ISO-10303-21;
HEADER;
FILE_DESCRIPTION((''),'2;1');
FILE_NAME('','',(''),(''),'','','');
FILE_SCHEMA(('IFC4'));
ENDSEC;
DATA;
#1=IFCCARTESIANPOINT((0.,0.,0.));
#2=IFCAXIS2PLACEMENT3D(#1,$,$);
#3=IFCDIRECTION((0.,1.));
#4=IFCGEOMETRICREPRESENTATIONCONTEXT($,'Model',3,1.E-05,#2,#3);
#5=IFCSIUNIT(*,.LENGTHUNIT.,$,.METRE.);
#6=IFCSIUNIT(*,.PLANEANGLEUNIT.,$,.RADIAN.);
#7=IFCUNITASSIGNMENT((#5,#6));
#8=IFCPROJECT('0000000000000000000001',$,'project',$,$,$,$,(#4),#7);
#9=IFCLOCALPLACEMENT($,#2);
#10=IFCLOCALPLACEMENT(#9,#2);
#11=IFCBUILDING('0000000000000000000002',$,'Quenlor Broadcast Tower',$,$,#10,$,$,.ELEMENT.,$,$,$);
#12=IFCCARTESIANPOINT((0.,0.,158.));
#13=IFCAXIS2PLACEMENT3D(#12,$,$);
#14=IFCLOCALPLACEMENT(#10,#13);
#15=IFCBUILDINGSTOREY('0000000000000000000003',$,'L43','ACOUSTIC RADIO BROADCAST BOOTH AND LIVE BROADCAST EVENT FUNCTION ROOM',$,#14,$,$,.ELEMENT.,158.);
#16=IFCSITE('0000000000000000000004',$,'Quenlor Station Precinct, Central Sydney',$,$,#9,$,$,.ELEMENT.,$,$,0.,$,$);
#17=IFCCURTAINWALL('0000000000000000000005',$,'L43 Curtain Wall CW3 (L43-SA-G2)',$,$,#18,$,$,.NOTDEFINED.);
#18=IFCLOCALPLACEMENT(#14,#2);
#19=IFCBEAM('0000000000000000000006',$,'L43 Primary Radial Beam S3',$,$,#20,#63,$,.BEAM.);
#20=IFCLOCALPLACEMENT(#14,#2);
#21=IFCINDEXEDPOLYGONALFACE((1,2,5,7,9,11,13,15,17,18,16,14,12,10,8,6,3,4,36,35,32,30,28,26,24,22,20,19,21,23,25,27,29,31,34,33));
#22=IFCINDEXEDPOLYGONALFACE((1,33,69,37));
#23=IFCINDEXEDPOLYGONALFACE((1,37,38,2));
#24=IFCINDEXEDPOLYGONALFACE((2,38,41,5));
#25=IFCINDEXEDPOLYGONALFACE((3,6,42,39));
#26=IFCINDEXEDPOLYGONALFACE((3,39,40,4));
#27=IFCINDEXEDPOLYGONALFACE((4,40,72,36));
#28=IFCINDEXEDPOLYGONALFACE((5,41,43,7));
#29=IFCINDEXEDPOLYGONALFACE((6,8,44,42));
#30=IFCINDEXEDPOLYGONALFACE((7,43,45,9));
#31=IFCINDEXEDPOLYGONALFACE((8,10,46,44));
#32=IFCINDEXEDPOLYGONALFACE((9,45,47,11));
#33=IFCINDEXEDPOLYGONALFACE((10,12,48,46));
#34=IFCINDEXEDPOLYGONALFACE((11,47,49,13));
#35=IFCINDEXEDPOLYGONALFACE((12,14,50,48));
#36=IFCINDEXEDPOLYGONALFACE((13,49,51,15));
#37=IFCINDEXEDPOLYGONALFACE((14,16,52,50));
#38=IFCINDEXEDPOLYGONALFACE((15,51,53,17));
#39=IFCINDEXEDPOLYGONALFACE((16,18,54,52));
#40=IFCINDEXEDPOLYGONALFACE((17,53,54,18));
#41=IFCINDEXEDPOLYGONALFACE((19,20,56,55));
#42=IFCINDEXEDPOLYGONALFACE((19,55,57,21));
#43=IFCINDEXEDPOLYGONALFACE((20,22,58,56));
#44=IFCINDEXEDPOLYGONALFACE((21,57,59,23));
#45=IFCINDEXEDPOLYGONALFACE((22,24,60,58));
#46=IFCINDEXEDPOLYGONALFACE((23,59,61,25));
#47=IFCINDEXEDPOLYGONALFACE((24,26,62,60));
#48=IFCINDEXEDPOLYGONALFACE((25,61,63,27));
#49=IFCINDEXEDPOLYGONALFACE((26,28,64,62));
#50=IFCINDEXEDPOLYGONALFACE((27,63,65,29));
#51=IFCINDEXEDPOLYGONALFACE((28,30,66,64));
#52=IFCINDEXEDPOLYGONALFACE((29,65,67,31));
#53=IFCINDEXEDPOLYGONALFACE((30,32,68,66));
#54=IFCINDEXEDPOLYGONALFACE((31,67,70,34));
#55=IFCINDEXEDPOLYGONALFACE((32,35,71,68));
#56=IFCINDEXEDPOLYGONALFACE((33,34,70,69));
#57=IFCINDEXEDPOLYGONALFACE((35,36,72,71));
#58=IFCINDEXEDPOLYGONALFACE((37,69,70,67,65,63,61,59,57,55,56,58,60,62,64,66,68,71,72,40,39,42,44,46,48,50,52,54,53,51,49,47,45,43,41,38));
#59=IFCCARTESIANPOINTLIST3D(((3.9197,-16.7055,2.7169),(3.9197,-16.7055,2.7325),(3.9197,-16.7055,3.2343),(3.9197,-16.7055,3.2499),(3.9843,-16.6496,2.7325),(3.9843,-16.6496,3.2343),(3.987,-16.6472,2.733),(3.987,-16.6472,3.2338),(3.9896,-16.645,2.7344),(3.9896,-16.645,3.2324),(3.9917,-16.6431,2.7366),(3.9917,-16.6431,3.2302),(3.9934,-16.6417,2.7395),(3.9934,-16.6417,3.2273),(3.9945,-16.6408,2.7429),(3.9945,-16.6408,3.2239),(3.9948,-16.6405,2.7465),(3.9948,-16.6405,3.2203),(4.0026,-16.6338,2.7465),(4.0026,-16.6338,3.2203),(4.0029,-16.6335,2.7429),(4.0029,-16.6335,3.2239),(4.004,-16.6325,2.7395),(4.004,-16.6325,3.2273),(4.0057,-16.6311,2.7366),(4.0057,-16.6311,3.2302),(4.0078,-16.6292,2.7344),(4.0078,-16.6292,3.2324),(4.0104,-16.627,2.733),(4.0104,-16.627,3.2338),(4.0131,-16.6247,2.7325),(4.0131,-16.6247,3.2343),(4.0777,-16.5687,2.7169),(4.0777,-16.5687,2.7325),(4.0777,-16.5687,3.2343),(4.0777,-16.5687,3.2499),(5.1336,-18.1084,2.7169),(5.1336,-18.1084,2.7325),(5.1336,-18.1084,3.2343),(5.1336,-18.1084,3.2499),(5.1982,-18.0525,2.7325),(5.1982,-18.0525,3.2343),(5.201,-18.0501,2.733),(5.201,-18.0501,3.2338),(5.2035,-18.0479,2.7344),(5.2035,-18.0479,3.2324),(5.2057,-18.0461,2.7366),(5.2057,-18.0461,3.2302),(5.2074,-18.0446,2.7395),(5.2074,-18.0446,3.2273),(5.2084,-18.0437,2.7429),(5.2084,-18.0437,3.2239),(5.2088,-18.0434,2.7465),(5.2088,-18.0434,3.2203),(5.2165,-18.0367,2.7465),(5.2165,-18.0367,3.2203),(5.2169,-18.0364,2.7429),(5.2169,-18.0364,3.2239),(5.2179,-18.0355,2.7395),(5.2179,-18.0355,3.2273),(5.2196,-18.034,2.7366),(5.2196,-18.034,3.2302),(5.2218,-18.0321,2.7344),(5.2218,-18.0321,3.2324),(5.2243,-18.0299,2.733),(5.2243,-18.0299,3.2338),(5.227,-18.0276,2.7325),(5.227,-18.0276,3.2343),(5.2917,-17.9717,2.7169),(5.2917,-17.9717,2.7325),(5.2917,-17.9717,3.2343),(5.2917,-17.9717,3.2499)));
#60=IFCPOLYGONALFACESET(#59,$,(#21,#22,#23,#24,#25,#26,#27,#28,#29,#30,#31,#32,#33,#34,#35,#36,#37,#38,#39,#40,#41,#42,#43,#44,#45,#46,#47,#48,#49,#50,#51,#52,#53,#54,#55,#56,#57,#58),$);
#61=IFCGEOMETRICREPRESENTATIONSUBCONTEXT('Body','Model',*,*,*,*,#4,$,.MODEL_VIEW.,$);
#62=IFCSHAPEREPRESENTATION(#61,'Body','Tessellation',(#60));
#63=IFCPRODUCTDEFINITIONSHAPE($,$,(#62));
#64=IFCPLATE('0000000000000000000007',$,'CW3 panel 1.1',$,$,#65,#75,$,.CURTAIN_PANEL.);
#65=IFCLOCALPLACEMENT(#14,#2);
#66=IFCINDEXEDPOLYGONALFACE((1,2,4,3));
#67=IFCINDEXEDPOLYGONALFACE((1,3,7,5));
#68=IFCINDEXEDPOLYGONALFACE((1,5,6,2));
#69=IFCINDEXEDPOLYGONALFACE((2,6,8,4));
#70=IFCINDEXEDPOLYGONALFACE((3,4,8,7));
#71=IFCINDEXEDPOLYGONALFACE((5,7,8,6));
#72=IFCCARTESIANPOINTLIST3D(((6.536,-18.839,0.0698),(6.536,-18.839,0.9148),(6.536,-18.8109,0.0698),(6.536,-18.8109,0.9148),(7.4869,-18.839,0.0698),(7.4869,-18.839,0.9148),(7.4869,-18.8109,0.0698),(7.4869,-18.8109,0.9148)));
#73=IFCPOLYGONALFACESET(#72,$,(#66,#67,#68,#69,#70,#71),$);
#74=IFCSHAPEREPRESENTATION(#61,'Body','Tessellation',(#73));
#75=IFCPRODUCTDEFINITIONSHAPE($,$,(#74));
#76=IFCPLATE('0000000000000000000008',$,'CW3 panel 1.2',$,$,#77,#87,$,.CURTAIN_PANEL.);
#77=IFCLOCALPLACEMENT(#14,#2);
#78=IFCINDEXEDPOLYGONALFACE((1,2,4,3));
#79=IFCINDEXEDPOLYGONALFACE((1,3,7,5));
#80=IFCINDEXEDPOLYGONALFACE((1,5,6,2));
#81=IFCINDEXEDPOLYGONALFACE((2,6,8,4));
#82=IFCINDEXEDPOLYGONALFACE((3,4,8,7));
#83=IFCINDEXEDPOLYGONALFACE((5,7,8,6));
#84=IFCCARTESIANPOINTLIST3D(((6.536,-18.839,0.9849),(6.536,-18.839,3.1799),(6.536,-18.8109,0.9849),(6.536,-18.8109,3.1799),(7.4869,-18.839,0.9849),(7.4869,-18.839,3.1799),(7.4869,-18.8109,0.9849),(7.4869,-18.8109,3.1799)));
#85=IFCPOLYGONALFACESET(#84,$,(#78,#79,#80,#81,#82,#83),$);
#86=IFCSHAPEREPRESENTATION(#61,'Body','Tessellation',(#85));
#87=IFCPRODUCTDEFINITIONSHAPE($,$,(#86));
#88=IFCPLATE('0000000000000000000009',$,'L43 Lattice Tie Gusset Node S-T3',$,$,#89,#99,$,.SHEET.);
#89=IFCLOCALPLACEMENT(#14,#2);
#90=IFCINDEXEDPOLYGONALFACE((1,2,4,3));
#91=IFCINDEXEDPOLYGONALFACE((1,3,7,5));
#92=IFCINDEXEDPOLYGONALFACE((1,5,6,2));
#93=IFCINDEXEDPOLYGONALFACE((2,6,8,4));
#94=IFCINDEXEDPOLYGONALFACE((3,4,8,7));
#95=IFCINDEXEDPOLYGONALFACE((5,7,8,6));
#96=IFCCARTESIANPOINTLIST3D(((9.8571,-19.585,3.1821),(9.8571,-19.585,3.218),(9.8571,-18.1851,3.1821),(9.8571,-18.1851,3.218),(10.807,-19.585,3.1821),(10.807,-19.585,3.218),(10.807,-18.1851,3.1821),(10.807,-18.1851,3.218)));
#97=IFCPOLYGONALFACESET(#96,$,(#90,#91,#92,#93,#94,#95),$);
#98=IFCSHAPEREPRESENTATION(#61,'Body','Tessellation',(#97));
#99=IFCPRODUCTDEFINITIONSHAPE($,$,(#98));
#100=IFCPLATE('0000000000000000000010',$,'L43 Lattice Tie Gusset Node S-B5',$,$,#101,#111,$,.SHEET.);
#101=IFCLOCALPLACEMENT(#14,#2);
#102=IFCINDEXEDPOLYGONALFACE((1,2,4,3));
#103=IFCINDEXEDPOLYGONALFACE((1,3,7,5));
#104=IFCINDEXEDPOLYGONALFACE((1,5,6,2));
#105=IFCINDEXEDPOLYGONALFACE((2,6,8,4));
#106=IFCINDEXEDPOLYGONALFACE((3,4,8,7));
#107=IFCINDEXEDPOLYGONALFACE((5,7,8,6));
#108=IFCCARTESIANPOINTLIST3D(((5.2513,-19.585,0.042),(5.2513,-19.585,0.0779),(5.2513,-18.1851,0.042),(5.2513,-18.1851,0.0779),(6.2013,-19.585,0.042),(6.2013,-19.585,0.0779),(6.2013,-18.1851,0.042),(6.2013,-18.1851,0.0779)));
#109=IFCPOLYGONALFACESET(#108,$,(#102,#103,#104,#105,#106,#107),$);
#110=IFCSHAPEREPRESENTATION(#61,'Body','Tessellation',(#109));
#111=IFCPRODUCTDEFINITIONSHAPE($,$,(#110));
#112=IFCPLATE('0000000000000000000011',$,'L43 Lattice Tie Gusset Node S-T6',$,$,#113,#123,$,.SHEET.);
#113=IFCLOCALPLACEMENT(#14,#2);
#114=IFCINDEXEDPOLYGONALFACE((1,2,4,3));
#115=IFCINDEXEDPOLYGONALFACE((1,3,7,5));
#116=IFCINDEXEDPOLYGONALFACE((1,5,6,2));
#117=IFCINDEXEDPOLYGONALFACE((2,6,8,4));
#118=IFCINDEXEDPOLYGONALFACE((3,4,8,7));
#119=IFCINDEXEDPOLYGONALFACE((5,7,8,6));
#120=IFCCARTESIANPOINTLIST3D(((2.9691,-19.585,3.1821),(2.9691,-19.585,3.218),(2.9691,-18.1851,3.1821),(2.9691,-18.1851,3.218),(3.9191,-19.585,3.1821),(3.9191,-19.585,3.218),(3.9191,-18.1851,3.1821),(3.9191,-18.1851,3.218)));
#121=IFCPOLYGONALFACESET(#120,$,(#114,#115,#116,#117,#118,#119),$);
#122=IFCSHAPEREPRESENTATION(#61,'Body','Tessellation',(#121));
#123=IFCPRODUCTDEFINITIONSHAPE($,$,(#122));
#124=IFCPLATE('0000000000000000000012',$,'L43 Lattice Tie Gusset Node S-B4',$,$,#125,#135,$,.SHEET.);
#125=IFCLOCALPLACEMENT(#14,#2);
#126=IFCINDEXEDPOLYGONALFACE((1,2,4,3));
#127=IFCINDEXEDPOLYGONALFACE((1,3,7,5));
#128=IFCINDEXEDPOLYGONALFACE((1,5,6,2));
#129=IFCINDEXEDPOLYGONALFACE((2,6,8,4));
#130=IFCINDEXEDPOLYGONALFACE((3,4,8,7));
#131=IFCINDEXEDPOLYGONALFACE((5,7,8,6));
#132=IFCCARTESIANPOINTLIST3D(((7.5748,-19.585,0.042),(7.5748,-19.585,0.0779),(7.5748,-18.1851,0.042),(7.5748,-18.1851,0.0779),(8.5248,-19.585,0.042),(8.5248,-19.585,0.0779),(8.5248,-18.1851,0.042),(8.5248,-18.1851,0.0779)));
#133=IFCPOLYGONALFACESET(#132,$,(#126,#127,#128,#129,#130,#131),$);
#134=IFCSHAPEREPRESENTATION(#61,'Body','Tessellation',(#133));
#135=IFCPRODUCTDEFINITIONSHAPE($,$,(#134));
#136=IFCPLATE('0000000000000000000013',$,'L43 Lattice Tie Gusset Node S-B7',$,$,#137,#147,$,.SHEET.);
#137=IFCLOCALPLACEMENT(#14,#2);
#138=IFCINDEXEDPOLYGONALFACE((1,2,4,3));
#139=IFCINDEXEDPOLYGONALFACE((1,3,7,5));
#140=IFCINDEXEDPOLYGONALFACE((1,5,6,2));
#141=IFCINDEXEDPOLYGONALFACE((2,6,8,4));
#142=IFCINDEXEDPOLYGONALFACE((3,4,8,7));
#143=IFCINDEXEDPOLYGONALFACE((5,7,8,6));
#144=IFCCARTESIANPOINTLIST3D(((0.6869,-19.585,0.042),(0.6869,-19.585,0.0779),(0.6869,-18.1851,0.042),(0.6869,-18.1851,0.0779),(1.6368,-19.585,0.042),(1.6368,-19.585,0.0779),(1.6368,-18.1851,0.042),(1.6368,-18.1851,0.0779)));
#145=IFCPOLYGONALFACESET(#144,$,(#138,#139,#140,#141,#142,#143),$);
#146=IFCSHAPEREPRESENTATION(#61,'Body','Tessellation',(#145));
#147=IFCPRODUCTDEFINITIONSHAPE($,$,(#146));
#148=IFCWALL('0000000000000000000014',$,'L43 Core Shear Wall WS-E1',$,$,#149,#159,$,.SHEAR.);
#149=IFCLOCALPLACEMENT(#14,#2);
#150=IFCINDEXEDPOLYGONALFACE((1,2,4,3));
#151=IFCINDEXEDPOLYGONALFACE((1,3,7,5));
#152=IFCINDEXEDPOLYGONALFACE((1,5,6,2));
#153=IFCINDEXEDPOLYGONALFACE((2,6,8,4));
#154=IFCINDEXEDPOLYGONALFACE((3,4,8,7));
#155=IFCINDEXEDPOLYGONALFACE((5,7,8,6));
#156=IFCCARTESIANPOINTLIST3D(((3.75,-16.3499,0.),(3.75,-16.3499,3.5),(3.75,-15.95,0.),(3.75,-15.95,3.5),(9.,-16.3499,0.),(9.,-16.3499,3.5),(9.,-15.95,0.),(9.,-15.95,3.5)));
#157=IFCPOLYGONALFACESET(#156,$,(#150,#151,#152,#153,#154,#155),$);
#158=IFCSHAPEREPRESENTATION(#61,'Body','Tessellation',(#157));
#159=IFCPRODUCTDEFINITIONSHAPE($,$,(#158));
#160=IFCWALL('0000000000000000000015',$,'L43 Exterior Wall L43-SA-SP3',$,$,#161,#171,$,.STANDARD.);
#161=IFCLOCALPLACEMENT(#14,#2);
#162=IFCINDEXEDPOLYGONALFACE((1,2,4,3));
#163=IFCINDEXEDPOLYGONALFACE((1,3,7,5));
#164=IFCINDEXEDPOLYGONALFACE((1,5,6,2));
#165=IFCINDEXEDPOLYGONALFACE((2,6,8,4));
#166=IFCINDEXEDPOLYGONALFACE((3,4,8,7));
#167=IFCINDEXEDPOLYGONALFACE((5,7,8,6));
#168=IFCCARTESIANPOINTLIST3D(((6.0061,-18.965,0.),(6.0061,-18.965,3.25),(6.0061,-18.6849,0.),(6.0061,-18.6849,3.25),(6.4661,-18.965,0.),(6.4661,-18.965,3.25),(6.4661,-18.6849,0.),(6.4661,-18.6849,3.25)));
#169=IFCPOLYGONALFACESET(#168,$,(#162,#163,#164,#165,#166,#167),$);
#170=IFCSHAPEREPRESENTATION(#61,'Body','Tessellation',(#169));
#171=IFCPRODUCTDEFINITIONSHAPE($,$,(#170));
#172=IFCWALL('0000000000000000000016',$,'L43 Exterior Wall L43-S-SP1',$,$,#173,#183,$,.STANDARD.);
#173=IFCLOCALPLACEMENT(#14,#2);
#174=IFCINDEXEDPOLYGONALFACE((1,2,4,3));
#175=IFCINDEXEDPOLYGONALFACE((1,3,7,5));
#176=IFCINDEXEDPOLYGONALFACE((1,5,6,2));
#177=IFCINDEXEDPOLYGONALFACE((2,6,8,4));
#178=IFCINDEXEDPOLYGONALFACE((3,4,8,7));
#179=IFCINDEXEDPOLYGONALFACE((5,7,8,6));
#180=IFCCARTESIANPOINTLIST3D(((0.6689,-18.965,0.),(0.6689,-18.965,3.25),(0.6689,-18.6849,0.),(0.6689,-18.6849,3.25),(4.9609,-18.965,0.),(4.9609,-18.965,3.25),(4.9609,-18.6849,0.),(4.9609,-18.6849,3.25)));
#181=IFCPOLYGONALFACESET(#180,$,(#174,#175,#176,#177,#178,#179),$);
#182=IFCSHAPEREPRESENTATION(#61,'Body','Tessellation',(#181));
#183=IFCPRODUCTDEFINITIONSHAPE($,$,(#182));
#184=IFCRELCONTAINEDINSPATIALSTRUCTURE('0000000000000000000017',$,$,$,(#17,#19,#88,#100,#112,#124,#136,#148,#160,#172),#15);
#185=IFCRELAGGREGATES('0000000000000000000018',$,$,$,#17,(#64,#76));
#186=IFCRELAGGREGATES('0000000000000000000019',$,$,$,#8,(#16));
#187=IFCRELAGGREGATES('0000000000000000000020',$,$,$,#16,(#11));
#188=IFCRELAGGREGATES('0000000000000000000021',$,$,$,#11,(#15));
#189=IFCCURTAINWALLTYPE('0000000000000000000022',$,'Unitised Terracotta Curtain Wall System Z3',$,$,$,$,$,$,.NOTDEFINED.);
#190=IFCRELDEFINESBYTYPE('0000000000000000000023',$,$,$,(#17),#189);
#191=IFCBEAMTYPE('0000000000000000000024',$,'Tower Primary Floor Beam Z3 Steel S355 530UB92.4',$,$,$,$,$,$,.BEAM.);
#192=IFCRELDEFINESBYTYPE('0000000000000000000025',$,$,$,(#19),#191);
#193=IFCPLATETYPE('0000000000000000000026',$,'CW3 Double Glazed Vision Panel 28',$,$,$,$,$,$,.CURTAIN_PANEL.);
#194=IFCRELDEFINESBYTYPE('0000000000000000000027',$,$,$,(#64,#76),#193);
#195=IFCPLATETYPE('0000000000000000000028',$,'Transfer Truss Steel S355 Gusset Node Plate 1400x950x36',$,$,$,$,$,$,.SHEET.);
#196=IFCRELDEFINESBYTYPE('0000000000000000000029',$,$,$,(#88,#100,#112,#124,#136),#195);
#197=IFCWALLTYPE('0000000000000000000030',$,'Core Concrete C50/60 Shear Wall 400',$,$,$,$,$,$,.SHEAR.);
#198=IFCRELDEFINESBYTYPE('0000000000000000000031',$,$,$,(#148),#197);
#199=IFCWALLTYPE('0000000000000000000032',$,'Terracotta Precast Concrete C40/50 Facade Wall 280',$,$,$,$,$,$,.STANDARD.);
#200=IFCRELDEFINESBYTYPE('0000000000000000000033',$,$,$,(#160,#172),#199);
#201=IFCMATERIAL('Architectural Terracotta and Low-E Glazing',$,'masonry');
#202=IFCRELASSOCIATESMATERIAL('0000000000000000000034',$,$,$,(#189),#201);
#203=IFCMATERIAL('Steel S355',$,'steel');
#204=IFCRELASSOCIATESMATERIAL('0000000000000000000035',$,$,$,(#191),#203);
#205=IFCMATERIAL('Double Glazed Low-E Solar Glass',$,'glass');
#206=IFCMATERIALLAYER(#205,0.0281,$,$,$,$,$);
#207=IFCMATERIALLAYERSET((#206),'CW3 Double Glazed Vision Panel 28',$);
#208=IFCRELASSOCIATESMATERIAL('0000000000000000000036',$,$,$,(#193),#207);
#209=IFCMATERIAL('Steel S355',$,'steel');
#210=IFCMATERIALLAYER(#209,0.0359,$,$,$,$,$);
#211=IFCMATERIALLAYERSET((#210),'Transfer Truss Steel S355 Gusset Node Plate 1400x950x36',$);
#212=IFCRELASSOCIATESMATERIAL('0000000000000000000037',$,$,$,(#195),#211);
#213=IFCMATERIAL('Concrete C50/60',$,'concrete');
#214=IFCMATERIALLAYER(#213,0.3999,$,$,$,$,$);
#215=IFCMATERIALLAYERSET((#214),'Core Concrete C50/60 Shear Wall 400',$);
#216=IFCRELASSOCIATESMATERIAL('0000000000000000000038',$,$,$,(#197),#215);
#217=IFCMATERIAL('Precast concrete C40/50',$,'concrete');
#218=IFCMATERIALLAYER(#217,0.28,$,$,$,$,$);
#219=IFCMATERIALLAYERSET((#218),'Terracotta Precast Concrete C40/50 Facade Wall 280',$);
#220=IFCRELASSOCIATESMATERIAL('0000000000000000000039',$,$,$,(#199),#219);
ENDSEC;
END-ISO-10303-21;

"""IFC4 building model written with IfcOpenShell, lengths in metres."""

from ifc_helpers import new_model, si_unit, direction, frame, frame_2d, origin, origin_2d, place, context, subcontext, project, spatial, rectangle, i_section, extrude, material, layer, layer_set, material_profile, profile_set, type_object, element, aggregate, save


model = new_model("IFC4")

# Units and contexts
model_context = context("Model", 3, precision=1e-05, world=origin(), true_north=direction((0.0, 1.0)))
body_context = subcontext(model_context, "Body", "Model", "MODEL_VIEW")
ifc_project = project(units=[si_unit("LENGTHUNIT", "METRE"), si_unit("PLANEANGLEUNIT", "RADIAN")], contexts=[model_context])

# Site, building, storey
site_placement = place(None, origin())
site = spatial("IfcSite", under=ifc_project, at=site_placement, Name="Quenlor Station Precinct, Central Sydney", CompositionType="ELEMENT", RefElevation=0.0)
building_placement = place(site_placement, origin())
building = spatial("IfcBuilding", under=site, at=building_placement, Name="Quenlor Broadcast Tower", CompositionType="ELEMENT")
storey_placement = place(building_placement, frame((0.0, 0.0, 158.0)))
storey = spatial("IfcBuildingStorey", under=building, at=storey_placement, Name="L43", Description="ACOUSTIC RADIO BROADCAST BOOTH AND LIVE BROADCAST EVENT FUNCTION ROOM", CompositionType="ELEMENT", Elevation=158.0)

# Curtain wall
ifc_material_1 = material(Name="Architectural Terracotta and Low-E Glazing", Category="masonry")
curtain_wall_type = type_object("IfcCurtainWallType", Name="Unitised Terracotta Curtain Wall System Z3", PredefinedType="NOTDEFINED", material=ifc_material_1)
curtain_wall_1_placement = place(storey_placement, origin())
curtain_wall_1 = element("IfcCurtainWall", 1, at=curtain_wall_1_placement, inside=storey, type_object=curtain_wall_type, Name="L43 Curtain Wall CW3 (L43-SA-G2)", PredefinedType="NOTDEFINED")

# Beam
ifc_material_2 = material(Name="Steel S355", Category="steel")
ifc_material_profile_1 = material_profile(ifc_material_2, i_section(OverallWidth=0.209, OverallDepth=0.533, WebThickness=0.0103, FlangeThickness=0.0156, FilletRadius=0.0139, at=origin_2d()))
ifc_profile_set_1 = profile_set([ifc_material_profile_1], Name="Steel S355 530UB92.4")
beam_type_1 = type_object("IfcBeamType", Name="Tower Primary Floor Beam Z3 Steel S355 530UB92.4", PredefinedType="BEAM", material=ifc_profile_set_1)
beam_1_placement = place(storey_placement, frame((5.2126, -18.04, 2.9834), z_axis=(-0.654339, 0.756201, 0.0), x_axis=(-0.756201, -0.654339, 0.0)))
element("IfcBeam", 2, at=beam_1_placement, inside=storey, type_object=beam_type_1, Name="L43 Primary Radial Beam S3", PredefinedType="BEAM", context=body_context, shape_type="SweptSolid", body=[
    extrude(i_section(OverallWidth=0.209, OverallDepth=0.533, WebThickness=0.0103, FlangeThickness=0.0156, FilletRadius=0.0139, at=origin_2d()), origin(), (0.0, 0.0, 1.0), 1.8552),
])

# Plates
ifc_material_3 = material(Name="Double Glazed Low-E Solar Glass", Category="glass")
ifc_layer_1 = layer(ifc_material_3, 0.0281)
ifc_layer_set_1 = layer_set([ifc_layer_1], Name="CW3 Double Glazed Vision Panel 28")
plate_type_1 = type_object("IfcPlateType", Name="CW3 Double Glazed Vision Panel 28", PredefinedType="CURTAIN_PANEL", material=ifc_layer_set_1)
plate_1_placement = place(storey_placement, frame((7.0115, -18.825, 0.0698), z_axis=(0.0, 0.0, 1.0), x_axis=(-1.0, 0.0, 0.0)))
plate_1 = element("IfcPlate", 3, at=plate_1_placement, type_object=plate_type_1, Name="CW3 panel 1.1", PredefinedType="CURTAIN_PANEL", context=body_context, shape_type="SweptSolid", body=[
    extrude(rectangle(XDim=0.9509, YDim=0.0281, at=origin_2d()), origin(), (0.0, 0.0, 1.0), 0.845),
])
plate_2_placement = place(storey_placement, frame((7.0115, -18.825, 0.9849), z_axis=(0.0, 0.0, 1.0), x_axis=(-1.0, 0.0, 0.0)))
plate_2 = element("IfcPlate", 4, at=plate_2_placement, type_object=plate_type_1, Name="CW3 panel 1.2", PredefinedType="CURTAIN_PANEL", context=body_context, shape_type="SweptSolid", body=[
    extrude(rectangle(XDim=0.9509, YDim=0.0281, at=origin_2d()), origin(), (0.0, 0.0, 1.0), 2.1951),
])
aggregate(curtain_wall_1, [plate_1, plate_2])

# Plates
ifc_material_4 = material(Name="Steel S355", Category="steel")
ifc_layer_2 = layer(ifc_material_4, 0.0359)
ifc_layer_set_2 = layer_set([ifc_layer_2], Name="Transfer Truss Steel S355 Gusset Node Plate 1400x950x36")
plate_type_2 = type_object("IfcPlateType", Name="Transfer Truss Steel S355 Gusset Node Plate 1400x950x36", PredefinedType="SHEET", material=ifc_layer_set_2)
for number, where, z_axis, x_axis, name in (
    (5, (10.332, -18.885, 3.1821), (0.0, 0.0, 1.0), (0.0, -1.0, 0.0), "L43 Lattice Tie Gusset Node S-T3"),
    (6, (5.7263, -18.885, 0.042), (0.0, 0.0, 1.0), (0.0, -1.0, 0.0), "L43 Lattice Tie Gusset Node S-B5"),
    (7, (3.4441, -18.885, 3.1821), (0.0, 0.0, 1.0), (0.0, -1.0, 0.0), "L43 Lattice Tie Gusset Node S-T6"),
    (8, (8.0498, -18.885, 0.042), (0.0, 0.0, 1.0), (0.0, -1.0, 0.0), "L43 Lattice Tie Gusset Node S-B4"),
    (9, (1.1619, -18.885, 0.042), (0.0, 0.0, 1.0), (0.0, -1.0, 0.0), "L43 Lattice Tie Gusset Node S-B7"),
):
    element("IfcPlate", number, at=place(storey_placement, frame(where, z_axis=z_axis, x_axis=x_axis)), inside=storey, type_object=plate_type_2, Name=name, PredefinedType="SHEET", context=body_context, shape_type="SweptSolid", body=[
        extrude(rectangle(XDim=1.3999, YDim=0.95, at=origin_2d()), origin(), (0.0, 0.0, 1.0), 0.0359),
    ])

# Walls
ifc_material_5 = material(Name="Concrete C50/60", Category="concrete")
ifc_layer_3 = layer(ifc_material_5, 0.3999)
ifc_layer_set_3 = layer_set([ifc_layer_3], Name="Core Concrete C50/60 Shear Wall 400")
wall_type_1 = type_object("IfcWallType", Name="Core Concrete C50/60 Shear Wall 400", PredefinedType="SHEAR", material=ifc_layer_set_3)
wall_1_placement = place(storey_placement, frame((3.75, -16.1499, 0.0), z_axis=(0.0, 0.0, 1.0), x_axis=(1.0, 0.0, 0.0)))
element("IfcWall", 10, at=wall_1_placement, inside=storey, type_object=wall_type_1, Name="L43 Core Shear Wall WS-E1", PredefinedType="SHEAR", context=body_context, shape_type="SweptSolid", body=[
    extrude(rectangle(XDim=5.25, YDim=0.3999, at=frame_2d((2.625, 0.0))), origin(), (0.0, 0.0, 1.0), 3.5),
])
ifc_material_6 = material(Name="Precast concrete C40/50", Category="concrete")
ifc_layer_4 = layer(ifc_material_6, 0.28)
ifc_layer_set_4 = layer_set([ifc_layer_4], Name="Terracotta Precast Concrete C40/50 Facade Wall 280")
wall_type_2 = type_object("IfcWallType", Name="Terracotta Precast Concrete C40/50 Facade Wall 280", PredefinedType="STANDARD", material=ifc_layer_set_4)
wall_2_placement = place(storey_placement, frame((6.4661, -18.825, 0.0), z_axis=(0.0, 0.0, 1.0), x_axis=(-1.0, 0.0, 0.0)))
element("IfcWall", 11, at=wall_2_placement, inside=storey, type_object=wall_type_2, Name="L43 Exterior Wall L43-SA-SP3", PredefinedType="STANDARD", context=body_context, shape_type="SweptSolid", body=[
    extrude(rectangle(XDim=0.46, YDim=0.28, at=frame_2d((0.23, 0.0))), origin(), (0.0, 0.0, 1.0), 3.25),
])
wall_3_placement = place(storey_placement, frame((4.9609, -18.825, 0.0), z_axis=(0.0, 0.0, 1.0), x_axis=(-1.0, 0.0, 0.0)))
element("IfcWall", 12, at=wall_3_placement, inside=storey, type_object=wall_type_2, Name="L43 Exterior Wall L43-S-SP1", PredefinedType="STANDARD", context=body_context, shape_type="SweptSolid", body=[
    extrude(rectangle(XDim=4.292, YDim=0.28, at=frame_2d((2.146, 0.0))), origin(), (0.0, 0.0, 1.0), 3.25),
])

save(model, "model.ifc")
